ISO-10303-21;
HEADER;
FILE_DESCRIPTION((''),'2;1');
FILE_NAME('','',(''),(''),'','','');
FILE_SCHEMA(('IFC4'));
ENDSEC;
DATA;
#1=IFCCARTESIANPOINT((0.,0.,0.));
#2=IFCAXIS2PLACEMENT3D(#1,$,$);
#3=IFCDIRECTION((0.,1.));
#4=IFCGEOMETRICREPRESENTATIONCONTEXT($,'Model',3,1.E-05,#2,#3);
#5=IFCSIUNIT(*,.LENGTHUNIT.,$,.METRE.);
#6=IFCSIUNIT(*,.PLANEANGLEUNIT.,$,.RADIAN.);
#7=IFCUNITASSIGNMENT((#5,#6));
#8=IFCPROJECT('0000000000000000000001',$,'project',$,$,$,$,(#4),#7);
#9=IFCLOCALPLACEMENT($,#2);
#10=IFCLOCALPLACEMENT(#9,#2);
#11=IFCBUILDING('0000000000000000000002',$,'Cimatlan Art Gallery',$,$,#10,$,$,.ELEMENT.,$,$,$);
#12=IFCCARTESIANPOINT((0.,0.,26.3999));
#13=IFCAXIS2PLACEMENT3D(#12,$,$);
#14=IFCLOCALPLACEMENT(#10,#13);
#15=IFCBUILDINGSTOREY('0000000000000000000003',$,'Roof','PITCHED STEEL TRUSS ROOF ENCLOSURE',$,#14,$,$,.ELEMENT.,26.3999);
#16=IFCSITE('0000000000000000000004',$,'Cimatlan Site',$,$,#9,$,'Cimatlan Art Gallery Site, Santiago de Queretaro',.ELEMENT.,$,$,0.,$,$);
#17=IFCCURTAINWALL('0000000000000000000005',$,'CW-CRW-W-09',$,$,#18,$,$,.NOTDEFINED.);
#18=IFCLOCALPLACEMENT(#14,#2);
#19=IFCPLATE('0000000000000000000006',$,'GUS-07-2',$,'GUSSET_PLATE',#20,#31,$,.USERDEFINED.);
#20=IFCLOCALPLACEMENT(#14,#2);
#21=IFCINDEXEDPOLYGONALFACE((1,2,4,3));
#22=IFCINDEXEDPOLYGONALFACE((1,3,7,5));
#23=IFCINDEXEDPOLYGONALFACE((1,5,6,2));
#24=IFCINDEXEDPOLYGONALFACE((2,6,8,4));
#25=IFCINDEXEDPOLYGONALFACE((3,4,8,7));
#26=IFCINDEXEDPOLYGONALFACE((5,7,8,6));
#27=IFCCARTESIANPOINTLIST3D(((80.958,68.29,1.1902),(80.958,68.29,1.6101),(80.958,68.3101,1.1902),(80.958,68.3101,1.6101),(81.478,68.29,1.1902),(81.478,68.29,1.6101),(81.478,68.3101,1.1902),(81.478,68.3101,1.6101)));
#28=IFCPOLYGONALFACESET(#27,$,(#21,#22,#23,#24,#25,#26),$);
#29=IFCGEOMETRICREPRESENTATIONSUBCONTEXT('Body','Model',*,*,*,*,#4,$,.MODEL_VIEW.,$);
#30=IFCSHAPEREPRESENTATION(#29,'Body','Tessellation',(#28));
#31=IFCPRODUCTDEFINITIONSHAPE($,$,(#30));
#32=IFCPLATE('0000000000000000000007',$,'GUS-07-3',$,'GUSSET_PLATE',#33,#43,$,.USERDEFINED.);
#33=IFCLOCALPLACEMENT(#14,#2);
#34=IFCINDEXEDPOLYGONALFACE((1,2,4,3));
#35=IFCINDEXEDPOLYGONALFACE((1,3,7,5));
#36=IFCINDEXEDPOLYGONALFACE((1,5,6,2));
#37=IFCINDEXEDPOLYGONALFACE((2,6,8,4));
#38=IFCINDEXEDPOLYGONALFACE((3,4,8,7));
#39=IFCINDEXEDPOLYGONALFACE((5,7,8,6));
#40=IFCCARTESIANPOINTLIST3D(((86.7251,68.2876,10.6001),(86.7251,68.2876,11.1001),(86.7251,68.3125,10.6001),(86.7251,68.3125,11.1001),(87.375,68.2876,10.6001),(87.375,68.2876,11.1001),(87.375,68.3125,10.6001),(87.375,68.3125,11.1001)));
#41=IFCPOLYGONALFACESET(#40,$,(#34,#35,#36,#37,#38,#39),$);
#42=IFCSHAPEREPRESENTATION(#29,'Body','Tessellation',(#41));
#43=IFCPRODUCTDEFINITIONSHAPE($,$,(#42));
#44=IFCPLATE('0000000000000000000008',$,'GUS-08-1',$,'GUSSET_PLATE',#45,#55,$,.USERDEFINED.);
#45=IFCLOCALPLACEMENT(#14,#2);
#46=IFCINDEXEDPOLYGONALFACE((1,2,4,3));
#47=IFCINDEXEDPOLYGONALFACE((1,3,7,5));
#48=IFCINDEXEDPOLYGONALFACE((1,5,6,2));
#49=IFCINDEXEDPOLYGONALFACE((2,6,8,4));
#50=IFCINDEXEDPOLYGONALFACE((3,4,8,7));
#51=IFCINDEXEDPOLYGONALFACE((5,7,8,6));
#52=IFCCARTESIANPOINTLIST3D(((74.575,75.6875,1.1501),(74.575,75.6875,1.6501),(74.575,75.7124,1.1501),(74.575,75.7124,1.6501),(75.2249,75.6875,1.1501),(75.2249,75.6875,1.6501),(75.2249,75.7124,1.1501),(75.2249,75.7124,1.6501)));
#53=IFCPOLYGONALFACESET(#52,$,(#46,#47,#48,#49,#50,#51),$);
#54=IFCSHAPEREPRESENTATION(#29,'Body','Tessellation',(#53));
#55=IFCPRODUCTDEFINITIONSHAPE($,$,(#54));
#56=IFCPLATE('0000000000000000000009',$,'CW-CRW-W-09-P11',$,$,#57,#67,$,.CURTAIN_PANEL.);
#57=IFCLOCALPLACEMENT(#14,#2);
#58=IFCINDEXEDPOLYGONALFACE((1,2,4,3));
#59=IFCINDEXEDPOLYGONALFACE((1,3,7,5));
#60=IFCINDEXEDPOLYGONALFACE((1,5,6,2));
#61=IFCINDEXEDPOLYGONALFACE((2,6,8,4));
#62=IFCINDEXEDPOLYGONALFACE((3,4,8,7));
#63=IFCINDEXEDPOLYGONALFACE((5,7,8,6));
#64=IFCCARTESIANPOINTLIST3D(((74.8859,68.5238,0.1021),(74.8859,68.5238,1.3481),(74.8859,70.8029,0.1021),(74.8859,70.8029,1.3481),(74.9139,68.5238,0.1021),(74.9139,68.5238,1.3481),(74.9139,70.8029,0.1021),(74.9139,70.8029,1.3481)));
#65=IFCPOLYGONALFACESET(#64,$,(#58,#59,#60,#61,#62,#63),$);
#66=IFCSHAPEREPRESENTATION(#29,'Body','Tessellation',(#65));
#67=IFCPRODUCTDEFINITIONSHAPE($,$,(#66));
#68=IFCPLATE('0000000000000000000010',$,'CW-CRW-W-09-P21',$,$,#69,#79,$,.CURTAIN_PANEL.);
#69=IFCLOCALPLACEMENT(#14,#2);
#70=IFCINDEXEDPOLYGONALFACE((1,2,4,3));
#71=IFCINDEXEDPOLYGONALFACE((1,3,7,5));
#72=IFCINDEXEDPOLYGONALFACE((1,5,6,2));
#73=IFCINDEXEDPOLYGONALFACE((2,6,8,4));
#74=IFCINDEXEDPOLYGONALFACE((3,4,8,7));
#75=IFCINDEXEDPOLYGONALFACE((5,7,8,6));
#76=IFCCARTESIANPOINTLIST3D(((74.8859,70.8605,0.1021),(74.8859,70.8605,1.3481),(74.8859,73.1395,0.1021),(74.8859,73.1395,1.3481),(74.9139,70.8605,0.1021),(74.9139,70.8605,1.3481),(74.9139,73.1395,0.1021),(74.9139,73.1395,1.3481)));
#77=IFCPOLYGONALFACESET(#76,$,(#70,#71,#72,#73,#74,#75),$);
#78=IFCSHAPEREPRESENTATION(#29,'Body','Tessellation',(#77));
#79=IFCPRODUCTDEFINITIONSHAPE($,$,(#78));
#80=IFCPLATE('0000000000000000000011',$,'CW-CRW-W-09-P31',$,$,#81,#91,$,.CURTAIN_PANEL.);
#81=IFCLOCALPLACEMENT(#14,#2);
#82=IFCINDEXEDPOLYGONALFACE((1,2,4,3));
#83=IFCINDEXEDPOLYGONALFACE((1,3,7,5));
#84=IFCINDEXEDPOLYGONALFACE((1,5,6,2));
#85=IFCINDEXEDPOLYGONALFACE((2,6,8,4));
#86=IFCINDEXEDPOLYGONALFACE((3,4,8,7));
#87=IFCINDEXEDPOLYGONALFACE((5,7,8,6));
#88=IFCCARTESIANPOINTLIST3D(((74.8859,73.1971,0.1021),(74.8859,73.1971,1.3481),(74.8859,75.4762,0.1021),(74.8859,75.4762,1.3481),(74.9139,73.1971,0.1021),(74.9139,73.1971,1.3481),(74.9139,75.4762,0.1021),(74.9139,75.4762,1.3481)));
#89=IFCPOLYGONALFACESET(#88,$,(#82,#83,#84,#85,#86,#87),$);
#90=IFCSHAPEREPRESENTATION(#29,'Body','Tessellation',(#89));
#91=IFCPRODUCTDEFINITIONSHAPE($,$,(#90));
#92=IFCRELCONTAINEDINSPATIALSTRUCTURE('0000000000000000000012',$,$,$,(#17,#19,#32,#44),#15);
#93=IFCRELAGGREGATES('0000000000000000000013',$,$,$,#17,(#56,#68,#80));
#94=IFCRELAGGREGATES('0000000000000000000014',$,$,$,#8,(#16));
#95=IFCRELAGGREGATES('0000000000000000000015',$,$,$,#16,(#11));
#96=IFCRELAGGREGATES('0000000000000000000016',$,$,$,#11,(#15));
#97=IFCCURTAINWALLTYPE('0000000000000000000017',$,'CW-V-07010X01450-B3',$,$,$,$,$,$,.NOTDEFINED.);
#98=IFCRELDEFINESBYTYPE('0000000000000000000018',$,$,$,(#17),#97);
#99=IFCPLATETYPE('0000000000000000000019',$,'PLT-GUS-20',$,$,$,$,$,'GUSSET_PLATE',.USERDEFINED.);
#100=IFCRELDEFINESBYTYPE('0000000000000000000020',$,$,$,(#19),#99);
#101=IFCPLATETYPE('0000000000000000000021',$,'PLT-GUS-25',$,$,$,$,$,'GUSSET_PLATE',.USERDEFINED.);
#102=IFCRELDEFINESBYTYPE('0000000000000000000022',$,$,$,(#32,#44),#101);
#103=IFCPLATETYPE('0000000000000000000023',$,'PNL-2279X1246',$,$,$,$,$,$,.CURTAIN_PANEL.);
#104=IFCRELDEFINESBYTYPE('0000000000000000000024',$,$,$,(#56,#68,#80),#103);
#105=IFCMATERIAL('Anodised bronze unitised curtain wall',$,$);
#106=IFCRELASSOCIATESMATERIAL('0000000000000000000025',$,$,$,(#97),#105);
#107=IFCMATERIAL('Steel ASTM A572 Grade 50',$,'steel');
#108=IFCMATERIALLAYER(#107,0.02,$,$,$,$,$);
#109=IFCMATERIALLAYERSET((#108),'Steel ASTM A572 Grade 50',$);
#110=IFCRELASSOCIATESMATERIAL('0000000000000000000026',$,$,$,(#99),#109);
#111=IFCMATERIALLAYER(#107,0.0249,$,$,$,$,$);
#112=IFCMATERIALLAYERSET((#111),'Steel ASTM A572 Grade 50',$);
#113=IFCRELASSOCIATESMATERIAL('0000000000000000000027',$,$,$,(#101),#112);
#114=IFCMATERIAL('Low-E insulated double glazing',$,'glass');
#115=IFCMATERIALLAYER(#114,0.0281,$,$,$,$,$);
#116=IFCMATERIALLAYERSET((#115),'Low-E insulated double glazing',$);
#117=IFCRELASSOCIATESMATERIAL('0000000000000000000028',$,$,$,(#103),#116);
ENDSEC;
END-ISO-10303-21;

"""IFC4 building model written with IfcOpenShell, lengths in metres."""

from ifc_helpers import new_model, si_unit, direction, frame, origin, origin_2d, place, context, subcontext, project, spatial, rectangle, extrude, material, layer, layer_set, type_object, element, aggregate, save


model = new_model("IFC4")

# Units and contexts
model_context = context("Model", 3, precision=1e-05, world=origin(), true_north=direction((0.0, 1.0)))
body_context = subcontext(model_context, "Body", "Model", "MODEL_VIEW")
ifc_project = project(units=[si_unit("LENGTHUNIT", "METRE"), si_unit("PLANEANGLEUNIT", "RADIAN")], contexts=[model_context])

# Site, building, storey
site_placement = place(None, origin())
site = spatial("IfcSite", under=ifc_project, at=site_placement, Name="Cimatlan Site", LongName="Cimatlan Art Gallery Site, Santiago de Queretaro", CompositionType="ELEMENT", RefElevation=0.0)
building_placement = place(site_placement, origin())
building = spatial("IfcBuilding", under=site, at=building_placement, Name="Cimatlan Art Gallery", CompositionType="ELEMENT")
storey_placement = place(building_placement, frame((0.0, 0.0, 26.3999)))
storey = spatial("IfcBuildingStorey", under=building, at=storey_placement, Name="Roof", Description="PITCHED STEEL TRUSS ROOF ENCLOSURE", CompositionType="ELEMENT", Elevation=26.3999)

# Curtain wall
ifc_material_1 = material(Name="Anodised bronze unitised curtain wall")
curtain_wall_type = type_object("IfcCurtainWallType", Name="CW-V-07010X01450-B3", PredefinedType="NOTDEFINED", material=ifc_material_1)
curtain_wall_placement = place(storey_placement, origin())
curtain_wall = element("IfcCurtainWall", 1, at=curtain_wall_placement, inside=storey, type_object=curtain_wall_type, Name="CW-CRW-W-09", PredefinedType="NOTDEFINED")

# Plates
ifc_material_2 = material(Name="Steel ASTM A572 Grade 50", Category="steel")
ifc_layer_1 = layer(ifc_material_2, 0.02)
ifc_layer_set_1 = layer_set([ifc_layer_1], Name="Steel ASTM A572 Grade 50")
plate_type_1 = type_object("IfcPlateType", Name="PLT-GUS-20", ElementType="GUSSET_PLATE", PredefinedType="USERDEFINED", material=ifc_layer_set_1)
plate_1_placement = place(storey_placement, frame((81.218, 68.3, 1.1902), z_axis=(0.0, 0.0, 1.0), x_axis=(1.0, 0.0, 0.0)))
element("IfcPlate", 2, at=plate_1_placement, inside=storey, type_object=plate_type_1, Name="GUS-07-2", ObjectType="GUSSET_PLATE", PredefinedType="USERDEFINED", context=body_context, shape_type="SweptSolid", body=[
    extrude(rectangle(XDim=0.52, YDim=0.02, at=origin_2d()), origin(), (0.0, 0.0, 1.0), 0.4199),
])
ifc_layer_2 = layer(ifc_material_2, 0.0249)
ifc_layer_set_2 = layer_set([ifc_layer_2], Name="Steel ASTM A572 Grade 50")
plate_type_2 = type_object("IfcPlateType", Name="PLT-GUS-25", ElementType="GUSSET_PLATE", PredefinedType="USERDEFINED", material=ifc_layer_set_2)
for number, where, z_axis, x_axis, name in (
    (3, (87.05, 68.3, 10.6001), (0.0, 0.0, 1.0), (1.0, 0.0, 0.0), "GUS-07-3"),
    (4, (74.8999, 75.7, 1.1501), (0.0, 0.0, 1.0), (1.0, 0.0, 0.0), "GUS-08-1"),
):
    element("IfcPlate", number, at=place(storey_placement, frame(where, z_axis=z_axis, x_axis=x_axis)), inside=storey, type_object=plate_type_2, Name=name, ObjectType="GUSSET_PLATE", PredefinedType="USERDEFINED", context=body_context, shape_type="SweptSolid", body=[
        extrude(rectangle(XDim=0.6499, YDim=0.0249, at=origin_2d()), origin(), (0.0, 0.0, 1.0), 0.5),
    ])

# Plates
ifc_material_3 = material(Name="Low-E insulated double glazing", Category="glass")
ifc_layer_3 = layer(ifc_material_3, 0.0281)
ifc_layer_set_3 = layer_set([ifc_layer_3], Name="Low-E insulated double glazing")
plate_type_3 = type_object("IfcPlateType", Name="PNL-2279X1246", PredefinedType="CURTAIN_PANEL", material=ifc_layer_set_3)
plate_2_placement = place(storey_placement, frame((74.8999, 69.6633, 0.1021), z_axis=(0.0, 0.0, 1.0), x_axis=(0.0, 1.0, 0.0)))
plate_2 = element("IfcPlate", 5, at=plate_2_placement, type_object=plate_type_3, Name="CW-CRW-W-09-P11", PredefinedType="CURTAIN_PANEL", context=body_context, shape_type="SweptSolid", body=[
    extrude(rectangle(XDim=2.2791, YDim=0.0281, at=origin_2d()), origin(), (0.0, 0.0, 1.0), 1.2461),
])
plate_3_placement = place(storey_placement, frame((74.8999, 72.0, 0.1021), z_axis=(0.0, 0.0, 1.0), x_axis=(0.0, 1.0, 0.0)))
plate_3 = element("IfcPlate", 6, at=plate_3_placement, type_object=plate_type_3, Name="CW-CRW-W-09-P21", PredefinedType="CURTAIN_PANEL", context=body_context, shape_type="SweptSolid", body=[
    extrude(rectangle(XDim=2.2791, YDim=0.0281, at=origin_2d()), origin(), (0.0, 0.0, 1.0), 1.2461),
])
plate_4_placement = place(storey_placement, frame((74.8999, 74.3367, 0.1021), z_axis=(0.0, 0.0, 1.0), x_axis=(0.0, 1.0, 0.0)))
plate_4 = element("IfcPlate", 7, at=plate_4_placement, type_object=plate_type_3, Name="CW-CRW-W-09-P31", PredefinedType="CURTAIN_PANEL", context=body_context, shape_type="SweptSolid", body=[
    extrude(rectangle(XDim=2.2791, YDim=0.0281, at=origin_2d()), origin(), (0.0, 0.0, 1.0), 1.2461),
])
aggregate(curtain_wall, [plate_2, plate_3, plate_4])

save(model, "model.ifc")
